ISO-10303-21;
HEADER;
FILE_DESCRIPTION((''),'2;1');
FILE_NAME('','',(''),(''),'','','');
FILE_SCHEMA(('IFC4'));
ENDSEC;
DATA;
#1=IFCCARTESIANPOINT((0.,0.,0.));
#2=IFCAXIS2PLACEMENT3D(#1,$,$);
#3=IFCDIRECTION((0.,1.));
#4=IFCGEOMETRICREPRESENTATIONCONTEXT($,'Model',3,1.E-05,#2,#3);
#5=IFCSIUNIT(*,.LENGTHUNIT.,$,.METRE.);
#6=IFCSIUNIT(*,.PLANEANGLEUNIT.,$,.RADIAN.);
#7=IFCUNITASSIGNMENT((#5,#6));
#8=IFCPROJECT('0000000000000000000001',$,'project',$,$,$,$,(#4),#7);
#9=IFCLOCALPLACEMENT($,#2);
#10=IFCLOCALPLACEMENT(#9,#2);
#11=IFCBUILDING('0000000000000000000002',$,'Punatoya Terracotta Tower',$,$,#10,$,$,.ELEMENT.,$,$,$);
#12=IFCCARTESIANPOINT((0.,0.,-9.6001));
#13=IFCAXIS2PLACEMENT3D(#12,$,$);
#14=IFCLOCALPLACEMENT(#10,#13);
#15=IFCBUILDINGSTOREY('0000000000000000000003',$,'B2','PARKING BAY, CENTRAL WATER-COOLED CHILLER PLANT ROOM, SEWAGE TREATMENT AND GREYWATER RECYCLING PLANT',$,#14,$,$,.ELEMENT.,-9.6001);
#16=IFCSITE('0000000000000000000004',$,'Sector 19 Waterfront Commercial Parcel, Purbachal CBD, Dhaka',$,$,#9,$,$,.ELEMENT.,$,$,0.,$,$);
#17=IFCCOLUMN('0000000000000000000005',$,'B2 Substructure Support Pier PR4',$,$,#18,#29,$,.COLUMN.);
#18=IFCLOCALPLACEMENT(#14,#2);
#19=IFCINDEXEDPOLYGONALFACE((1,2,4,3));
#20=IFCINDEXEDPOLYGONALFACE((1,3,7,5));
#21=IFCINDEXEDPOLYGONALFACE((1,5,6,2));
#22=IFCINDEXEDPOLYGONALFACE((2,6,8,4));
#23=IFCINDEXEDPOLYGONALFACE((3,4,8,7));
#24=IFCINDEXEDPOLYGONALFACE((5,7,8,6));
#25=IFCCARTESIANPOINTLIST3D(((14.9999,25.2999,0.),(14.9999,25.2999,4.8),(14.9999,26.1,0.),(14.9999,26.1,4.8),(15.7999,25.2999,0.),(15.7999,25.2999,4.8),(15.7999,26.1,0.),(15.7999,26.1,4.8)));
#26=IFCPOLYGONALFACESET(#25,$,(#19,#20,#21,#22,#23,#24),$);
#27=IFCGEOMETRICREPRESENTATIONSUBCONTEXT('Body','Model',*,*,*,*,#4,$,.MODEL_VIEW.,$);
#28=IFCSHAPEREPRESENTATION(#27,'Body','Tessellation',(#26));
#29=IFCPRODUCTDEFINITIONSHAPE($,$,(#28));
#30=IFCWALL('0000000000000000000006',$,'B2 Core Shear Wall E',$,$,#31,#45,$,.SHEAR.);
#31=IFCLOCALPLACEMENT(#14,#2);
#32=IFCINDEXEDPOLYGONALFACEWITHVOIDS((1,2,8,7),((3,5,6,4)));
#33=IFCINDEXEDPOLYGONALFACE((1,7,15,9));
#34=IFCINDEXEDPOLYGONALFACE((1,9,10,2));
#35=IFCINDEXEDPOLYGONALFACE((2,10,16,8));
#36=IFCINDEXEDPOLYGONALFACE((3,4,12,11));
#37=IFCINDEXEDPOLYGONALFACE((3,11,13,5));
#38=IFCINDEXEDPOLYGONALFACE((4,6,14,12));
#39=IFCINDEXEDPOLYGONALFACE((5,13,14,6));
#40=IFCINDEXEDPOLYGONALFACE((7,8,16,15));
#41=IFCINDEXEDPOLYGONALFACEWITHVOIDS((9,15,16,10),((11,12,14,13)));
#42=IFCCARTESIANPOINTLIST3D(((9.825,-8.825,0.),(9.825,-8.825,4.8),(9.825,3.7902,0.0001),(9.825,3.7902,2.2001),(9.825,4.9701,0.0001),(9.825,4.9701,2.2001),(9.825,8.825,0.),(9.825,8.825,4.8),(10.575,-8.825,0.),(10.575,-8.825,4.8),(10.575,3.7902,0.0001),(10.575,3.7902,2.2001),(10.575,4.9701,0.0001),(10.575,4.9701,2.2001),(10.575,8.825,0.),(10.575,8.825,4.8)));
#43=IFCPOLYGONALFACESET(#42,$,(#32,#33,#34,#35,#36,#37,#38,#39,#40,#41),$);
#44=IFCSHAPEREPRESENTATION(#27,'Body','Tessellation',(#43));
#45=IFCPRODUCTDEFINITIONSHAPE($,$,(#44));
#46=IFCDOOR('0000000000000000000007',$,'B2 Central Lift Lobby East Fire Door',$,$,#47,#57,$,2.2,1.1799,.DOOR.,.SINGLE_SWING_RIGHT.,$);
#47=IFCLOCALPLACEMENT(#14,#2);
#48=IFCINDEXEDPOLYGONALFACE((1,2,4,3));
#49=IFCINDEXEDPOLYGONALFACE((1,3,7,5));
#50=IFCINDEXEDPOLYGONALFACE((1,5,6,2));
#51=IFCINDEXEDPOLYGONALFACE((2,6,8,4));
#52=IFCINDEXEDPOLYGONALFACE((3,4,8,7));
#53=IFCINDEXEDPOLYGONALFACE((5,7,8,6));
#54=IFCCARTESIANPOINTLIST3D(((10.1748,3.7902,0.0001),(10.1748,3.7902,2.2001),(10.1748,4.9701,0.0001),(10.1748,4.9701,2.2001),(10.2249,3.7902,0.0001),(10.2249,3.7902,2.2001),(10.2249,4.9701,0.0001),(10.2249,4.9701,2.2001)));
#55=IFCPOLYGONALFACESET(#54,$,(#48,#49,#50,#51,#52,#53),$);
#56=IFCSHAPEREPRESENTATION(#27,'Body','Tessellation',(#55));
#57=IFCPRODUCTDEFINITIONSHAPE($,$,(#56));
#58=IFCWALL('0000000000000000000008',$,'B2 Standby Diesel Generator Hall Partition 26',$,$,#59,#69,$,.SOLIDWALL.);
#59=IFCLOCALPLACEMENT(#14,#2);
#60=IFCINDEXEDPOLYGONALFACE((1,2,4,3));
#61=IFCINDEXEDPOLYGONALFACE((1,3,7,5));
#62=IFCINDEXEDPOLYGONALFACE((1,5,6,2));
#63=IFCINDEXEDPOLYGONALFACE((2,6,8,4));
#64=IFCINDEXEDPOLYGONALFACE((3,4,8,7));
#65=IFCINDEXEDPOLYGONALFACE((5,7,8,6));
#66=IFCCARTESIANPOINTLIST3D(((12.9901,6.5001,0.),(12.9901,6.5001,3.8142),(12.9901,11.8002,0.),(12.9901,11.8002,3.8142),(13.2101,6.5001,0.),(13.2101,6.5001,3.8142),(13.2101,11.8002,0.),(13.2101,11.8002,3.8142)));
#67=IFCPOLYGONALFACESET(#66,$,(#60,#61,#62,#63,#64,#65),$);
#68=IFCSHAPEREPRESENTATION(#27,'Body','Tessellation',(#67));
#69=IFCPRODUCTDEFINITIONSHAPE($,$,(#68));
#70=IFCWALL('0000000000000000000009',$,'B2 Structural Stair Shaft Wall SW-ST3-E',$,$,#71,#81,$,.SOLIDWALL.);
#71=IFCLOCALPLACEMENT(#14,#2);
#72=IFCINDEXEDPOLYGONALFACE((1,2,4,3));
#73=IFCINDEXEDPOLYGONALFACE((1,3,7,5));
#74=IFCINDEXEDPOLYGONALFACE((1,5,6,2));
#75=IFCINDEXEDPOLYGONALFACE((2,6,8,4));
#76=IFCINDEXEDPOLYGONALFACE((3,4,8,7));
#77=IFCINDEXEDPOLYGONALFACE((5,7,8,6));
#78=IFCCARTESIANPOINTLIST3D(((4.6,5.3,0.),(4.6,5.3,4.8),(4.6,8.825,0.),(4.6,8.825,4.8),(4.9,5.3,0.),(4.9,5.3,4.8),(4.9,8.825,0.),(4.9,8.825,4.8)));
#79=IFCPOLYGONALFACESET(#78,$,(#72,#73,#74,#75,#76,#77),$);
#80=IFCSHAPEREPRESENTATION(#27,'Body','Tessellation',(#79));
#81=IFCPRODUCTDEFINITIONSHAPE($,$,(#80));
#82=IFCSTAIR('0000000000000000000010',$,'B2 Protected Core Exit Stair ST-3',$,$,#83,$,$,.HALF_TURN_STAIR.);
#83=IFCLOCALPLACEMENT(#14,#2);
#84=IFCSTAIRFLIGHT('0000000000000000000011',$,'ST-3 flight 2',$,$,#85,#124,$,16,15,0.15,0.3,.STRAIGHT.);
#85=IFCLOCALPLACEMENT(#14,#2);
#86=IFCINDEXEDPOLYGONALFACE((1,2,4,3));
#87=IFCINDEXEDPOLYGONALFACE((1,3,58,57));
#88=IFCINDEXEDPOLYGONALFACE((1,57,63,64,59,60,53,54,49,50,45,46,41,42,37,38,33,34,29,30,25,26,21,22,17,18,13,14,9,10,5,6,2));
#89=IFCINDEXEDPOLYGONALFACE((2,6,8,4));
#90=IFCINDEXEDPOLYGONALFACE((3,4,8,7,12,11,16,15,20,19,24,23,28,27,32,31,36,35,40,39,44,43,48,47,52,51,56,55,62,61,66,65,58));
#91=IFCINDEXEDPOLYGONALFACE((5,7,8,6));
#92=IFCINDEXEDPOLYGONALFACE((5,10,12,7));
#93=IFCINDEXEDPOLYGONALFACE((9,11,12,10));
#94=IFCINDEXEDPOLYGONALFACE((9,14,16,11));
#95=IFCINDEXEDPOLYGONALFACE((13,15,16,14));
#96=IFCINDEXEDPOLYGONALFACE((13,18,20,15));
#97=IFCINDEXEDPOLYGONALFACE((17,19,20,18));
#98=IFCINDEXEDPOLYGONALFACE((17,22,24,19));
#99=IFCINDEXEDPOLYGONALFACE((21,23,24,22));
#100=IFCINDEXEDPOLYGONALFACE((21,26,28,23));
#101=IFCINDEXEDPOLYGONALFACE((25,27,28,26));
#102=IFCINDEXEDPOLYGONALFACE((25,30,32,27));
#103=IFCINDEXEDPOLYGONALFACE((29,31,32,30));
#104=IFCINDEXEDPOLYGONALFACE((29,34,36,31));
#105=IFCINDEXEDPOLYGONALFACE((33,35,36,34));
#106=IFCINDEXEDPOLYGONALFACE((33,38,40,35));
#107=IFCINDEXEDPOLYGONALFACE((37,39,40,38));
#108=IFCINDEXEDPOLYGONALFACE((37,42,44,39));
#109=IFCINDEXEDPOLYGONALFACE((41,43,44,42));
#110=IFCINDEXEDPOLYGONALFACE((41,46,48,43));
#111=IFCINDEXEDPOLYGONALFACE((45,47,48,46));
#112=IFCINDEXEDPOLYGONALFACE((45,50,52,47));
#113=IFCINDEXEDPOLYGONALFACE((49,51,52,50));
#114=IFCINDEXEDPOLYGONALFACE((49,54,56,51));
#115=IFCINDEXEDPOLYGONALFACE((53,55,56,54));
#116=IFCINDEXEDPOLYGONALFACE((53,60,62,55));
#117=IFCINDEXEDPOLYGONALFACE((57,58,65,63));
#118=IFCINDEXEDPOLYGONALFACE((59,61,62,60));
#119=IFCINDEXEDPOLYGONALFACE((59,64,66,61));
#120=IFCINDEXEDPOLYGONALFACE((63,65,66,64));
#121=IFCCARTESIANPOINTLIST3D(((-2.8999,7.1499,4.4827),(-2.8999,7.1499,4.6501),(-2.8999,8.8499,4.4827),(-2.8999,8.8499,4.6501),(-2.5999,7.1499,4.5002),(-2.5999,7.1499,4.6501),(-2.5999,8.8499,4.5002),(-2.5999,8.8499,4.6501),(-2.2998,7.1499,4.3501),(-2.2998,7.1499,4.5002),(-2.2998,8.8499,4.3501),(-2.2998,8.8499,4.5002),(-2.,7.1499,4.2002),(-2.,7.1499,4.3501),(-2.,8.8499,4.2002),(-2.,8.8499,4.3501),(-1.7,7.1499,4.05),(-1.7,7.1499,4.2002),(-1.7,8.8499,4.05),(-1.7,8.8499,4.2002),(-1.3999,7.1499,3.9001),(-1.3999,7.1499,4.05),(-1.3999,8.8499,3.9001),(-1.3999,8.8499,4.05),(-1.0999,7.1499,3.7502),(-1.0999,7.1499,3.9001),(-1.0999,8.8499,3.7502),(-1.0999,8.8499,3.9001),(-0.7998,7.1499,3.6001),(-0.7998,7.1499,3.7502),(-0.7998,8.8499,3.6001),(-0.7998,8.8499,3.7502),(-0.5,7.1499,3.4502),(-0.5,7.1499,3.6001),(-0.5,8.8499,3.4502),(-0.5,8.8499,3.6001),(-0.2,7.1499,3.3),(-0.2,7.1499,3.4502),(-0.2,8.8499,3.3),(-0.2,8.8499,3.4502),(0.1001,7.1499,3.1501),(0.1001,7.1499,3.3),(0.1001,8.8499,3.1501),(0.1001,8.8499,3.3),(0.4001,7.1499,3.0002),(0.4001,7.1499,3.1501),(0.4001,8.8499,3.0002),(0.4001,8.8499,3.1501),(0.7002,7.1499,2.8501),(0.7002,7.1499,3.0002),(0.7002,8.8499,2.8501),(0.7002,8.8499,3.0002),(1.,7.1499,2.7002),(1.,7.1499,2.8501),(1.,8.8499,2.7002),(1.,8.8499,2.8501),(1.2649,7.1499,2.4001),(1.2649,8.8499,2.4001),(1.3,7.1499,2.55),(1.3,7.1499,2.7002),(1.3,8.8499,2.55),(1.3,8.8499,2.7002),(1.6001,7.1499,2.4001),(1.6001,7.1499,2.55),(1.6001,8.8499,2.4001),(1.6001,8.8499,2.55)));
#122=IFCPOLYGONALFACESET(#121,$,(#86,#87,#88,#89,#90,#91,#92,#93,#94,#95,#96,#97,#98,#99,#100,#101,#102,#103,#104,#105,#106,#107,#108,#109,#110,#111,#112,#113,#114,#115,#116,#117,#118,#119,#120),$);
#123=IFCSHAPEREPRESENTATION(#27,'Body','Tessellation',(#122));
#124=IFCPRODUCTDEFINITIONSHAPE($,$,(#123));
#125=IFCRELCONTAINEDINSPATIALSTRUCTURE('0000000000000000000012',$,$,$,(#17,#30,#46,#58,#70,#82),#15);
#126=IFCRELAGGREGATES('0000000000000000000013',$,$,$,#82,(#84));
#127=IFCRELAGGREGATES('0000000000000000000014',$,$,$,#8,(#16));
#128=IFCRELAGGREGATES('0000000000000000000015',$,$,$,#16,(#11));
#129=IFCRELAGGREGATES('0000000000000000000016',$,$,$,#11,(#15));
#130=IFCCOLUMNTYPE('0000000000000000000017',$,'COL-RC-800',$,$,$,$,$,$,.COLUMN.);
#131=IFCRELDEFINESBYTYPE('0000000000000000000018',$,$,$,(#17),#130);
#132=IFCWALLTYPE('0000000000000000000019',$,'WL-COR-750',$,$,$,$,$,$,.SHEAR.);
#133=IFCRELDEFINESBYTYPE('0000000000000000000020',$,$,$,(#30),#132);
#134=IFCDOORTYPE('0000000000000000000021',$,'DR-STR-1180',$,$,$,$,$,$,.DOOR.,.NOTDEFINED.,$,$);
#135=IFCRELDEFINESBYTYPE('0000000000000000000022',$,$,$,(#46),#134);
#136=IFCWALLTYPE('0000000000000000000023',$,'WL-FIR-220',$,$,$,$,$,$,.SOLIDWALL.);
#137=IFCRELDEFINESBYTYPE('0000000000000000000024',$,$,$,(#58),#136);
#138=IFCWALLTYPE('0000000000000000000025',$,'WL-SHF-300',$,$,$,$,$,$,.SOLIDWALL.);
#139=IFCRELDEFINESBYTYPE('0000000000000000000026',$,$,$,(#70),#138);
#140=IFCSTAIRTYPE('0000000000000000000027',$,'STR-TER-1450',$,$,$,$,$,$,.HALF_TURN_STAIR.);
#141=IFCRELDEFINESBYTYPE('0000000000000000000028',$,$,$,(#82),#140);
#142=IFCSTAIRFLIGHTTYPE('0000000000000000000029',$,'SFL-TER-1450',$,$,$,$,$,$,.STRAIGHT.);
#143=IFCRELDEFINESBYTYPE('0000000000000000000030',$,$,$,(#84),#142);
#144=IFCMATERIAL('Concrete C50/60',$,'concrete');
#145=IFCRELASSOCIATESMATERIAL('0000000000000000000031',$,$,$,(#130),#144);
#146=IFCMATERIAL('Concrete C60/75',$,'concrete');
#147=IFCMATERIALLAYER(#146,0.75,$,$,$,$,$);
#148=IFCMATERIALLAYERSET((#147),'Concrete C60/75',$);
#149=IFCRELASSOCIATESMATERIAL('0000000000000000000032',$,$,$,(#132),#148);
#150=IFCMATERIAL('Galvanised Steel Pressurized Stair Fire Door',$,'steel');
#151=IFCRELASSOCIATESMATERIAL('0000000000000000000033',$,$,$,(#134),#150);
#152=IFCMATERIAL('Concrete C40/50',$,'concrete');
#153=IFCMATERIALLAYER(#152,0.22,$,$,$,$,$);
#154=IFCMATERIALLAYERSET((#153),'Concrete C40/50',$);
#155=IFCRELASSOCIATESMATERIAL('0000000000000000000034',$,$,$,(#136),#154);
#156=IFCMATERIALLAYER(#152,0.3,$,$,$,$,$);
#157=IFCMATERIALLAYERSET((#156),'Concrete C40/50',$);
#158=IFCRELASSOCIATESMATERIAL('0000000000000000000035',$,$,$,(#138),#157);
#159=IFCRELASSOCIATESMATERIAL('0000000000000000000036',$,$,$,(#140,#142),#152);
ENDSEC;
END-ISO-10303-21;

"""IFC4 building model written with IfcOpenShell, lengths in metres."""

from ifc_helpers import new_model, si_unit, direction, frame, frame_2d, origin, origin_2d, place, context, subcontext, project, spatial, polyline, rectangle, outline, extrude, material, layer, layer_set, material_profile, profile_set, type_object, element, fill, aggregate, save


model = new_model("IFC4")

# Units and contexts
model_context = context("Model", 3, precision=1e-05, world=origin(), true_north=direction((0.0, 1.0)))
body_context = subcontext(model_context, "Body", "Model", "MODEL_VIEW")
ifc_project = project(units=[si_unit("LENGTHUNIT", "METRE"), si_unit("PLANEANGLEUNIT", "RADIAN")], contexts=[model_context])

# Site, building, storey
site_placement = place(None, origin())
site = spatial("IfcSite", under=ifc_project, at=site_placement, Name="Sector 19 Waterfront Commercial Parcel, Purbachal CBD, Dhaka", CompositionType="ELEMENT", RefElevation=0.0)
building_placement = place(site_placement, origin())
building = spatial("IfcBuilding", under=site, at=building_placement, Name="Punatoya Terracotta Tower", CompositionType="ELEMENT")
storey_placement = place(building_placement, frame((0.0, 0.0, -9.6001)))
storey = spatial("IfcBuildingStorey", under=building, at=storey_placement, Name="B2", Description="PARKING BAY, CENTRAL WATER-COOLED CHILLER PLANT ROOM, SEWAGE TREATMENT AND GREYWATER RECYCLING PLANT", CompositionType="ELEMENT", Elevation=-9.6001)

# Column
ifc_material_1 = material(Name="Concrete C50/60", Category="concrete")
ifc_material_2 = material(Name="Concrete C60/75", Category="concrete")
ifc_material_profile_1 = material_profile(ifc_material_1, rectangle(XDim=0.8, YDim=0.8, at=origin_2d()))
ifc_profile_set_1 = profile_set([ifc_material_profile_1], Name="Concrete C50/60")
column_type_1 = type_object("IfcColumnType", Name="COL-RC-800", PredefinedType="COLUMN", material=ifc_profile_set_1)
column_1_placement = place(storey_placement, frame((15.3999, 25.7, 0.0), z_axis=(0.0, 0.0, 1.0), x_axis=(1.0, 0.0, 0.0)))
element("IfcColumn", 1, at=column_1_placement, inside=storey, type_object=column_type_1, Name="B2 Substructure Support Pier PR4", PredefinedType="COLUMN", context=body_context, shape_type="SweptSolid", body=[
    extrude(rectangle(XDim=0.8, YDim=0.8, at=origin_2d()), origin(), (0.0, 0.0, 1.0), 4.8),
])

# Wall, opening, door
ifc_layer_1 = layer(ifc_material_2, 0.75)
ifc_layer_set_1 = layer_set([ifc_layer_1], Name="Concrete C60/75")
wall_type_1 = type_object("IfcWallType", Name="WL-COR-750", PredefinedType="SHEAR", material=ifc_layer_set_1)
wall_1_placement = place(storey_placement, frame((10.2, 8.825, 0.0), z_axis=(0.0, 0.0, 1.0), x_axis=(0.0, -1.0, 0.0)))
wall_1 = element("IfcWall", 2, at=wall_1_placement, inside=storey, type_object=wall_type_1, Name="B2 Core Shear Wall E", PredefinedType="SHEAR", context=body_context, shape_type="SweptSolid", body=[
    extrude(rectangle(XDim=17.6499, YDim=0.75, at=frame_2d((8.825, 0.0))), origin(), (0.0, 0.0, 1.0), 4.8),
])
opening_placement = place(wall_1_placement, frame((3.855, 0.0, 0.0)))
opening = element("IfcOpeningElement", 3, at=opening_placement, cuts=wall_1, PredefinedType="OPENING", context=body_context, shape_type="SweptSolid", body=[
    extrude(rectangle(XDim=1.1799, YDim=2.2, at=frame_2d((0.5898, 1.1001))), frame((0.0, 0.385, 0.0), z_axis=(0.0, -1.0, 0.0), x_axis=(1.0, 0.0, 0.0)), (0.0, 0.0, 1.0), 0.77),
])
ifc_material_3 = material(Name="Galvanised Steel Pressurized Stair Fire Door", Category="steel")
door_type = type_object("IfcDoorType", Name="DR-STR-1180", OperationType="NOTDEFINED", PredefinedType="DOOR", material=ifc_material_3)
door_placement = place(opening_placement, origin())
door = element("IfcDoor", 4, at=door_placement, inside=storey, type_object=door_type, Name="B2 Central Lift Lobby East Fire Door", OperationType="SINGLE_SWING_RIGHT", OverallHeight=2.2, OverallWidth=1.1799, PredefinedType="DOOR", context=body_context, shape_type="SweptSolid", body=[
    extrude(rectangle(XDim=1.1799, YDim=2.2, at=frame_2d((0.5898, 1.1001))), frame((0.0, 0.0249, 0.0), z_axis=(0.0, -1.0, 0.0), x_axis=(1.0, 0.0, 0.0)), (0.0, 0.0, 1.0), 0.05),
])
fill(opening, door)

# Walls
ifc_material_4 = material(Name="Concrete C40/50", Category="concrete")
ifc_layer_2 = layer(ifc_material_4, 0.22)
ifc_layer_set_2 = layer_set([ifc_layer_2], Name="Concrete C40/50")
wall_type_2 = type_object("IfcWallType", Name="WL-FIR-220", PredefinedType="SOLIDWALL", material=ifc_layer_set_2)
wall_2_placement = place(storey_placement, frame((13.1001, 11.8, 0.0), z_axis=(0.0, 0.0, 1.0), x_axis=(0.0, -1.0, 0.0)))
element("IfcWall", 5, at=wall_2_placement, inside=storey, type_object=wall_type_2, Name="B2 Standby Diesel Generator Hall Partition 26", PredefinedType="SOLIDWALL", context=body_context, shape_type="SweptSolid", body=[
    extrude(rectangle(XDim=5.3, YDim=0.22, at=frame_2d((2.6499, 0.0))), origin(), (0.0, 0.0, 1.0), 3.8142),
])
ifc_layer_3 = layer(ifc_material_4, 0.3)
ifc_layer_set_3 = layer_set([ifc_layer_3], Name="Concrete C40/50")
wall_type_3 = type_object("IfcWallType", Name="WL-SHF-300", PredefinedType="SOLIDWALL", material=ifc_layer_set_3)
wall_3_placement = place(storey_placement, frame((4.75, 8.825, 0.0), z_axis=(0.0, 0.0, 1.0), x_axis=(0.0, -1.0, 0.0)))
element("IfcWall", 6, at=wall_3_placement, inside=storey, type_object=wall_type_3, Name="B2 Structural Stair Shaft Wall SW-ST3-E", PredefinedType="SOLIDWALL", context=body_context, shape_type="SweptSolid", body=[
    extrude(rectangle(XDim=3.5249, YDim=0.3, at=frame_2d((1.7625, 0.0))), origin(), (0.0, 0.0, 1.0), 4.8),
])

# Stair, stair flight
stair_type = type_object("IfcStairType", Name="STR-TER-1450", PredefinedType="HALF_TURN_STAIR", material=ifc_material_4)
stair_placement = place(storey_placement, origin())
stair = element("IfcStair", 7, at=stair_placement, inside=storey, type_object=stair_type, Name="B2 Protected Core Exit Stair ST-3", PredefinedType="HALF_TURN_STAIR")
stair_flight_type = type_object("IfcStairFlightType", Name="SFL-TER-1450", PredefinedType="STRAIGHT", material=ifc_material_4)
stair_flight_placement = place(storey_placement, frame((1.6001, 8.0, 2.4001), z_axis=(0.0, 0.0, 1.0), x_axis=(-1.0, 0.0, 0.0)))
stair_flight = element("IfcStairFlight", 8, at=stair_flight_placement, type_object=stair_flight_type, Name="ST-3 flight 2", NumberOfRisers=16, NumberOfTreads=15, PredefinedType="STRAIGHT", RiserHeight=0.15, TreadLength=0.3, context=body_context, shape_type="SweptSolid", body=[
    extrude(outline(polyline([(0.0, 0.0), (0.0, 0.1499), (0.3, 0.1499), (0.3, 0.3), (0.6001, 0.3), (0.6001, 0.45), (0.8999, 0.45), (0.8999, 0.6001), (1.2, 0.6001), (1.2, 0.75), (1.5, 0.75), (1.5, 0.8999), (1.8, 0.8999), (1.8, 1.05), (2.1001, 1.05), (2.1001, 1.2), (2.3999, 1.2), (2.3999, 1.3501), (2.7, 1.3501), (2.7, 1.5), (3.0, 1.5), (3.0, 1.6499), (3.3, 1.6499), (3.3, 1.8), (3.6001, 1.8), (3.6001, 1.95), (3.8999, 1.95), (3.8999, 2.1001), (4.2, 2.1001), (4.2, 2.25), (4.5, 2.25), (4.5, 2.3999), (4.5, 2.0825), (0.3352, 0.0), (0.0, 0.0)])), frame((0.0, 0.8501, 0.0), z_axis=(0.0, -1.0, 0.0), x_axis=(1.0, 0.0, 0.0)), (0.0, 0.0, 1.0), 1.7),
])
aggregate(stair, [stair_flight])

save(model, "model.ifc")
